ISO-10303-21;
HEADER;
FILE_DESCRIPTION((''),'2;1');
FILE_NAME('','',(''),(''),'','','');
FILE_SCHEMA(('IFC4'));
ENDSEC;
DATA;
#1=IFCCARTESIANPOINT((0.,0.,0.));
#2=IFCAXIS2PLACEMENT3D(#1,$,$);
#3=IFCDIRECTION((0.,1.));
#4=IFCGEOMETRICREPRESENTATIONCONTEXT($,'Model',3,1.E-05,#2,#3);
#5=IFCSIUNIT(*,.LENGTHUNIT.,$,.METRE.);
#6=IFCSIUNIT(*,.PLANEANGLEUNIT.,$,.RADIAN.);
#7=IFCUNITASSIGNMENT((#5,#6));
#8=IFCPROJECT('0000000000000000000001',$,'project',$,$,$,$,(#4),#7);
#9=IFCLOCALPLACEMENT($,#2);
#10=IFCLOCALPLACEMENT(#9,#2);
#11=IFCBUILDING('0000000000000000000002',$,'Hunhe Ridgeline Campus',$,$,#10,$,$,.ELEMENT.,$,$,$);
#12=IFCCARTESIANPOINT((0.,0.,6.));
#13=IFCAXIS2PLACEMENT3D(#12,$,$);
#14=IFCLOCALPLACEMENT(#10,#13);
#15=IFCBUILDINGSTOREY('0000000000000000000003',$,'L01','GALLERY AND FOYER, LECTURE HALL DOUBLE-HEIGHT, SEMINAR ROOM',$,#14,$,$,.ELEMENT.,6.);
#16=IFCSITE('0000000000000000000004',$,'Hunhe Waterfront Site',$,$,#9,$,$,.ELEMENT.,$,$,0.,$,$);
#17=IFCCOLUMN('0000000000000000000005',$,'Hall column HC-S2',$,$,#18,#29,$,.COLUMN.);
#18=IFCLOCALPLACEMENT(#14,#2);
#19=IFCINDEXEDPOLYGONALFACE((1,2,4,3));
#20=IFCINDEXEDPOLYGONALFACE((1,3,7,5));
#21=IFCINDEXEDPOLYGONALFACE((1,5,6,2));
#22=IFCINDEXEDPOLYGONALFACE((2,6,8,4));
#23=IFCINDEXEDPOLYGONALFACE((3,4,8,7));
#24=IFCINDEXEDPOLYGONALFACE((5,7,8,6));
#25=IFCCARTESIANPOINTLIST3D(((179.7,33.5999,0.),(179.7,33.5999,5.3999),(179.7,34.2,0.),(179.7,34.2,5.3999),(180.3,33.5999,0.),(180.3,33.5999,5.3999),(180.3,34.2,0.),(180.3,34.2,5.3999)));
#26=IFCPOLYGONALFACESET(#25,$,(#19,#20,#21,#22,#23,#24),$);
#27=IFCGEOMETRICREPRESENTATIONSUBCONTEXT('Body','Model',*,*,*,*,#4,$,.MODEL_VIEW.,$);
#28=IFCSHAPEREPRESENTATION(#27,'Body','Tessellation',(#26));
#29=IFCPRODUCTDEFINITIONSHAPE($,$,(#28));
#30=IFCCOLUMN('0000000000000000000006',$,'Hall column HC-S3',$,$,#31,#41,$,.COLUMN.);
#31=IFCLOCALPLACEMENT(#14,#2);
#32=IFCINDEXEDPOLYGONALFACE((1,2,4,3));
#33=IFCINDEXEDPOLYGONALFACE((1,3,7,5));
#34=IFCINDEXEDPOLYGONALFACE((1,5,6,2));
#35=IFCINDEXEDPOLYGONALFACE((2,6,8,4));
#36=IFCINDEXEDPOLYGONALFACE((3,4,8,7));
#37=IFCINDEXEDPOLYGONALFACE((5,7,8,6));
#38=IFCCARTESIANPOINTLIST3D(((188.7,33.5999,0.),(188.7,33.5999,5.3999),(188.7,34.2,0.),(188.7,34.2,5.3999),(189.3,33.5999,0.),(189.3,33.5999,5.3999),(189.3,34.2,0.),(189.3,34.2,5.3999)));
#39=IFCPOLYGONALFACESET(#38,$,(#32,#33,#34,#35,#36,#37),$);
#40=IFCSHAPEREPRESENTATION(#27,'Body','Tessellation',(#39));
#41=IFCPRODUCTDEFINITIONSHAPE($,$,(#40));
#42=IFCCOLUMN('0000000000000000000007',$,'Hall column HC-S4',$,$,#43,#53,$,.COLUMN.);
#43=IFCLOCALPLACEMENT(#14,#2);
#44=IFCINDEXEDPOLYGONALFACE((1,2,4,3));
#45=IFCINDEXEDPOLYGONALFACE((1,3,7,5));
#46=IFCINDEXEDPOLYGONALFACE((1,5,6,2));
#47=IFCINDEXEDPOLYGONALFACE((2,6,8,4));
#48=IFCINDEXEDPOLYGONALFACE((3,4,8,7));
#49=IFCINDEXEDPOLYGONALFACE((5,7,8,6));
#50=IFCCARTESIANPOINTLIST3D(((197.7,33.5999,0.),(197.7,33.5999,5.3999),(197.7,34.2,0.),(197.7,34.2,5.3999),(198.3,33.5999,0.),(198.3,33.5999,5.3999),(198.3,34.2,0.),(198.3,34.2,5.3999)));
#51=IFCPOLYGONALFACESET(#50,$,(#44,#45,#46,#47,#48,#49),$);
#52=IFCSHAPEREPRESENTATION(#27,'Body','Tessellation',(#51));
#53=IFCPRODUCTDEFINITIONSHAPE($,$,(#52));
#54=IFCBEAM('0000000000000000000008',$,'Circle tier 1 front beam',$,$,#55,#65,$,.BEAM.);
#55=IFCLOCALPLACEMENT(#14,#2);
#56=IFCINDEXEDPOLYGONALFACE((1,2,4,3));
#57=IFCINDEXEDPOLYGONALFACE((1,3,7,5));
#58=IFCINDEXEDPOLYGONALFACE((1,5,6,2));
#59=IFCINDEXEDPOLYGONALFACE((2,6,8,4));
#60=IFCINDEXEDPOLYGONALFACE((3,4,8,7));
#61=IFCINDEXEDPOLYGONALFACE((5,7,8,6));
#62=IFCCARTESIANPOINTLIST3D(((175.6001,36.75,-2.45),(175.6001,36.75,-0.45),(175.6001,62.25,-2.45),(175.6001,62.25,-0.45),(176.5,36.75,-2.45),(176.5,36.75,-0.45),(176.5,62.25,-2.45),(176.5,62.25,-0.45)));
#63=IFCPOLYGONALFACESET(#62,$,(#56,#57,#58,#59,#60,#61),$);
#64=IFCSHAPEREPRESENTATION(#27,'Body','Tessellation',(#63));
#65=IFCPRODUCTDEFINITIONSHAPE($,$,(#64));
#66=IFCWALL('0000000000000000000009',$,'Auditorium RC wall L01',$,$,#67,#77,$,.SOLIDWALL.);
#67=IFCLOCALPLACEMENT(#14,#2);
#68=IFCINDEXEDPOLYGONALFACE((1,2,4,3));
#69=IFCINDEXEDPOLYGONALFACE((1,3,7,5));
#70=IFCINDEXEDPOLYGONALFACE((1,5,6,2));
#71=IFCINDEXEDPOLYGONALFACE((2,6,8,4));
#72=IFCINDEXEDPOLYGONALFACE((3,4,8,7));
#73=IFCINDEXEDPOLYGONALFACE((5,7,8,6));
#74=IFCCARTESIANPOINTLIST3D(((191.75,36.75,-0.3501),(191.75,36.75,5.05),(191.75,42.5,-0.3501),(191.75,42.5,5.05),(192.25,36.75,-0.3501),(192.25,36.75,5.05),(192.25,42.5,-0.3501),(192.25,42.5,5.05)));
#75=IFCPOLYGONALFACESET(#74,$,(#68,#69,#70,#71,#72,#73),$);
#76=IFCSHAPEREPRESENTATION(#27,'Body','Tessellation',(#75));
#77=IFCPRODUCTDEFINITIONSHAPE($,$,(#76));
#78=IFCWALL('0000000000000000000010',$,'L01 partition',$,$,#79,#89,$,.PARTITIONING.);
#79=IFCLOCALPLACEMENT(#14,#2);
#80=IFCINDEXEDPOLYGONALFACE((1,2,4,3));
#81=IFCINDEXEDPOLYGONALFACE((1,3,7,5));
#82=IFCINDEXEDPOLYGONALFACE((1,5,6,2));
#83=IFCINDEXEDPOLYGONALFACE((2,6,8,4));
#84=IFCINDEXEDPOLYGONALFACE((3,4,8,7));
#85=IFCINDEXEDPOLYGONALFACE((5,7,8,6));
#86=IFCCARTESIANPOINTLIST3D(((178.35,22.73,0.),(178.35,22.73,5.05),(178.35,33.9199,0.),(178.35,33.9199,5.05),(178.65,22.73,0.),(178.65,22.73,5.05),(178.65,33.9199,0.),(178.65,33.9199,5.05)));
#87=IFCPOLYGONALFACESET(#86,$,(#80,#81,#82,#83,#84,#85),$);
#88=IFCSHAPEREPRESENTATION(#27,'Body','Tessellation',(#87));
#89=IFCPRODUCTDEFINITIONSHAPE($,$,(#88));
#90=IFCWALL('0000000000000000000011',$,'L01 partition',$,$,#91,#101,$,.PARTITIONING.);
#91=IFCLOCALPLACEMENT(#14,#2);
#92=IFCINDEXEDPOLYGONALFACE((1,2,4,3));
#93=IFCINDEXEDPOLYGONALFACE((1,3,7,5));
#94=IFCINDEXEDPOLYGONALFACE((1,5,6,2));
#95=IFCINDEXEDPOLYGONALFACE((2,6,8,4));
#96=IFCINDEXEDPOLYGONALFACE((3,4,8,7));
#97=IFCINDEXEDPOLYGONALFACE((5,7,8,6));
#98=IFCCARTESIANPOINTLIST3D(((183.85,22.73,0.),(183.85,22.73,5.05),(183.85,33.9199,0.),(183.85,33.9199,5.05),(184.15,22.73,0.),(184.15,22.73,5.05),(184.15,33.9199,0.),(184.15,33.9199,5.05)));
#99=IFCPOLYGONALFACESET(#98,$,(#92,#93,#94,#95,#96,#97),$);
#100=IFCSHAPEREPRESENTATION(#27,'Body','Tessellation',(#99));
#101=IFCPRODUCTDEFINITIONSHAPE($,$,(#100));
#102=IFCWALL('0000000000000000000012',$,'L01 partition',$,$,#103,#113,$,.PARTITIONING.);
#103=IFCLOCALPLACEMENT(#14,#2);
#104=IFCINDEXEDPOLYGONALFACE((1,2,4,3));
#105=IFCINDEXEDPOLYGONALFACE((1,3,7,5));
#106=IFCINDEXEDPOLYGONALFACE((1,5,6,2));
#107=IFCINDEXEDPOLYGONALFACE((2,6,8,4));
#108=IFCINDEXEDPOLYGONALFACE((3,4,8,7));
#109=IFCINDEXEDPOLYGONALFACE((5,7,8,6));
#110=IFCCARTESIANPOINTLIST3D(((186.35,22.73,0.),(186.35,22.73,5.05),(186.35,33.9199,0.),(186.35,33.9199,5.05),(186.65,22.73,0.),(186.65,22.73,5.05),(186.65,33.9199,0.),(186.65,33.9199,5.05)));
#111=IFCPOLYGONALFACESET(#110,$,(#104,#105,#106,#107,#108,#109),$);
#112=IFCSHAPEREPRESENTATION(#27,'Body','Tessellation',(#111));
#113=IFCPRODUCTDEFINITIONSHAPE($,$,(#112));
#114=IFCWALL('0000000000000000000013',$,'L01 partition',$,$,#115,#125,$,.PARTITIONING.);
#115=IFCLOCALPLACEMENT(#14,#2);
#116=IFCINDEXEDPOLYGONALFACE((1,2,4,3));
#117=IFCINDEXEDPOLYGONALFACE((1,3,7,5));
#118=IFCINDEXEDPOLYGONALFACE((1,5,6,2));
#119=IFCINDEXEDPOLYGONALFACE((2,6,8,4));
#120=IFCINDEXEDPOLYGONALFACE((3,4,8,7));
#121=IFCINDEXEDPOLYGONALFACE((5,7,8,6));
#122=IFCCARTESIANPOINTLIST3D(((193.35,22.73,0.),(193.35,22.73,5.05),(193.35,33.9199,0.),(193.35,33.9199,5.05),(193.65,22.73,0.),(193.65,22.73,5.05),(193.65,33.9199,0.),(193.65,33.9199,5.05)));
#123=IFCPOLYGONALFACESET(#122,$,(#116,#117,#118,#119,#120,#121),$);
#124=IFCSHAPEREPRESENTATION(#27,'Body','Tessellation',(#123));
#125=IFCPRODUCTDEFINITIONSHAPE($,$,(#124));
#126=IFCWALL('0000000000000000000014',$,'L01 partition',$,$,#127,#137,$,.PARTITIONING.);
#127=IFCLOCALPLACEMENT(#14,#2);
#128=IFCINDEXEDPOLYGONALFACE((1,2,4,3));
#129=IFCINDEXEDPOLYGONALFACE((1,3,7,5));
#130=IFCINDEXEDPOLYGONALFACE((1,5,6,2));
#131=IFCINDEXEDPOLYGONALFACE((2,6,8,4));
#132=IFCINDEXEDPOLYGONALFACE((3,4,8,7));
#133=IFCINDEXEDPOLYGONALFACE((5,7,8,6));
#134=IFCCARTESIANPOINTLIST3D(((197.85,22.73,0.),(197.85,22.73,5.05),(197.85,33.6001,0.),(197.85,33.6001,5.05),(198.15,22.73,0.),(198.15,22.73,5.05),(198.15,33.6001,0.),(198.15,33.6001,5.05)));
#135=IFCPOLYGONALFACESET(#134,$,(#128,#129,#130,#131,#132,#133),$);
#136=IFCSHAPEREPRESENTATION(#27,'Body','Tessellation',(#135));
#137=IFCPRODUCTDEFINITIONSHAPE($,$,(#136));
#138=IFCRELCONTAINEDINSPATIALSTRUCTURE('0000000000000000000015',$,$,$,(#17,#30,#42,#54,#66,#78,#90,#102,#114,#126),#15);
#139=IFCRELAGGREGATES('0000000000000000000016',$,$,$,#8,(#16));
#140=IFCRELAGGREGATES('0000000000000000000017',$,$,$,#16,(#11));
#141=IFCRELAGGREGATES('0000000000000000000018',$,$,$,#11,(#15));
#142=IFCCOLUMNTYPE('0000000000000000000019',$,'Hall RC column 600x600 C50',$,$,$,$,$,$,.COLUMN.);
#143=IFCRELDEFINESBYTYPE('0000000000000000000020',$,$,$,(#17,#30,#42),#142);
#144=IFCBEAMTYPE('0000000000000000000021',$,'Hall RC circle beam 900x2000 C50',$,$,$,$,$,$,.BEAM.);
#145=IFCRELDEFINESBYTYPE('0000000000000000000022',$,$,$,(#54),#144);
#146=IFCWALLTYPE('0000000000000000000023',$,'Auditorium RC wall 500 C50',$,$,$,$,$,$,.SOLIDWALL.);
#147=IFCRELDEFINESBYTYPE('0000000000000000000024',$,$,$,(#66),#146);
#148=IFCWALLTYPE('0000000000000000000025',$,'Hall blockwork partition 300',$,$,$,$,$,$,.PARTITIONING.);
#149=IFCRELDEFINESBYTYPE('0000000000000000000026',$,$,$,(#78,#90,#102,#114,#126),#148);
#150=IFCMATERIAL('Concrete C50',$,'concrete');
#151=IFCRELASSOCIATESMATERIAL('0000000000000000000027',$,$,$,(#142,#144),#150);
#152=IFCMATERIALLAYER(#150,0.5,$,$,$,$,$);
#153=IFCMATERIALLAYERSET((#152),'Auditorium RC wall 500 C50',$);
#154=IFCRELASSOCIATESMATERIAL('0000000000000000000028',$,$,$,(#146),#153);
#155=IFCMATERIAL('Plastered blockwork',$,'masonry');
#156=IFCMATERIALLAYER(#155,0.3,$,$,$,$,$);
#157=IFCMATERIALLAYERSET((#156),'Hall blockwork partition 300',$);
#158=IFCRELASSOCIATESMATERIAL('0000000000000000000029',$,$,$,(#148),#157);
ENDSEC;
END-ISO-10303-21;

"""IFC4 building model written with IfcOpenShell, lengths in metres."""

from ifc_helpers import new_model, si_unit, direction, frame, frame_2d, origin, origin_2d, place, context, subcontext, project, spatial, rectangle, extrude, material, layer, layer_set, material_profile, profile_set, type_object, element, save


model = new_model("IFC4")

# Units and contexts
model_context = context("Model", 3, precision=1e-05, world=origin(), true_north=direction((0.0, 1.0)))
body_context = subcontext(model_context, "Body", "Model", "MODEL_VIEW")
ifc_project = project(units=[si_unit("LENGTHUNIT", "METRE"), si_unit("PLANEANGLEUNIT", "RADIAN")], contexts=[model_context])

# Site, building, storey
site_placement = place(None, origin())
site = spatial("IfcSite", under=ifc_project, at=site_placement, Name="Hunhe Waterfront Site", CompositionType="ELEMENT", RefElevation=0.0)
building_placement = place(site_placement, origin())
building = spatial("IfcBuilding", under=site, at=building_placement, Name="Hunhe Ridgeline Campus", CompositionType="ELEMENT")
storey_placement = place(building_placement, frame((0.0, 0.0, 6.0)))
storey = spatial("IfcBuildingStorey", under=building, at=storey_placement, Name="L01", Description="GALLERY AND FOYER, LECTURE HALL DOUBLE-HEIGHT, SEMINAR ROOM", CompositionType="ELEMENT", Elevation=6.0)

# Columns
ifc_material_1 = material(Name="Concrete C50", Category="concrete")
ifc_material_profile_1 = material_profile(ifc_material_1, rectangle(XDim=0.6001, YDim=0.6001, at=origin_2d()))
ifc_profile_set_1 = profile_set([ifc_material_profile_1], Name="Concrete C50")
column_type = type_object("IfcColumnType", Name="Hall RC column 600x600 C50", PredefinedType="COLUMN", material=ifc_profile_set_1)
for number, where, z_axis, x_axis, name in (
    (1, (180.0, 33.8999, 0.0), (0.0, 0.0, 1.0), (1.0, 0.0, 0.0), "Hall column HC-S2"),
    (2, (189.0, 33.8999, 0.0), (0.0, 0.0, 1.0), (1.0, 0.0, 0.0), "Hall column HC-S3"),
    (3, (198.0, 33.8999, 0.0), (0.0, 0.0, 1.0), (1.0, 0.0, 0.0), "Hall column HC-S4"),
):
    element("IfcColumn", number, at=place(storey_placement, frame(where, z_axis=z_axis, x_axis=x_axis)), inside=storey, type_object=column_type, Name=name, PredefinedType="COLUMN", context=body_context, shape_type="SweptSolid", body=[
        extrude(rectangle(XDim=0.6001, YDim=0.6001, at=origin_2d()), origin(), (0.0, 0.0, 1.0), 5.3999),
    ])

# Beam
ifc_material_profile_2 = material_profile(ifc_material_1, rectangle(XDim=0.8999, YDim=2.0, at=origin_2d()))
ifc_profile_set_2 = profile_set([ifc_material_profile_2], Name="Concrete C50")
beam_type = type_object("IfcBeamType", Name="Hall RC circle beam 900x2000 C50", PredefinedType="BEAM", material=ifc_profile_set_2)
beam_placement = place(storey_placement, frame((176.05, 36.75, -1.45), z_axis=(0.0, 1.0, 0.0), x_axis=(-1.0, 0.0, 0.0)))
element("IfcBeam", 4, at=beam_placement, inside=storey, type_object=beam_type, Name="Circle tier 1 front beam", PredefinedType="BEAM", context=body_context, shape_type="SweptSolid", body=[
    extrude(rectangle(XDim=0.8999, YDim=2.0, at=origin_2d()), origin(), (0.0, 0.0, 1.0), 25.5),
])

# Wall
ifc_layer_1 = layer(ifc_material_1, 0.5)
ifc_layer_set_1 = layer_set([ifc_layer_1], Name="Auditorium RC wall 500 C50")
wall_type_1 = type_object("IfcWallType", Name="Auditorium RC wall 500 C50", PredefinedType="SOLIDWALL", material=ifc_layer_set_1)
wall_1_placement = place(storey_placement, frame((192.0, 36.75, -0.3501), z_axis=(0.0, 0.0, 1.0), x_axis=(0.0, 1.0, 0.0)))
element("IfcWall", 5, at=wall_1_placement, inside=storey, type_object=wall_type_1, Name="Auditorium RC wall L01", PredefinedType="SOLIDWALL", context=body_context, shape_type="SweptSolid", body=[
    extrude(rectangle(XDim=5.75, YDim=0.5, at=frame_2d((2.875, 0.0))), origin(), (0.0, 0.0, 1.0), 5.4001),
])

# Shared definitions
ifc_material_2 = material(Name="Plastered blockwork", Category="masonry")
ifc_layer_2 = layer(ifc_material_2, 0.3)
ifc_layer_set_2 = layer_set([ifc_layer_2], Name="Hall blockwork partition 300")
wall_type_2 = type_object("IfcWallType", Name="Hall blockwork partition 300", PredefinedType="PARTITIONING", material=ifc_layer_set_2)

# Walls
for number, where, z_axis, x_axis, name in (
    (6, (178.5, 22.73, 0.0), (0.0, 0.0, 1.0), (0.0, 1.0, 0.0), "L01 partition"),
    (7, (184.0, 22.73, 0.0), (0.0, 0.0, 1.0), (0.0, 1.0, 0.0), "L01 partition"),
    (8, (186.5, 22.73, 0.0), (0.0, 0.0, 1.0), (0.0, 1.0, 0.0), "L01 partition"),
    (9, (193.5, 22.73, 0.0), (0.0, 0.0, 1.0), (0.0, 1.0, 0.0), "L01 partition"),
):
    element("IfcWall", number, at=place(storey_placement, frame(where, z_axis=z_axis, x_axis=x_axis)), inside=storey, type_object=wall_type_2, Name=name, PredefinedType="PARTITIONING", context=body_context, shape_type="SweptSolid", body=[
        extrude(rectangle(XDim=11.1899, YDim=0.3, at=frame_2d((5.595, 0.0))), origin(), (0.0, 0.0, 1.0), 5.05),
    ])
wall_2_placement = place(storey_placement, frame((198.0, 22.73, 0.0), z_axis=(0.0, 0.0, 1.0), x_axis=(0.0, 1.0, 0.0)))
element("IfcWall", 10, at=wall_2_placement, inside=storey, type_object=wall_type_2, Name="L01 partition", PredefinedType="PARTITIONING", context=body_context, shape_type="SweptSolid", body=[
    extrude(rectangle(XDim=10.8701, YDim=0.3, at=frame_2d((5.4351, 0.0))), origin(), (0.0, 0.0, 1.0), 5.05),
])

save(model, "model.ifc")
